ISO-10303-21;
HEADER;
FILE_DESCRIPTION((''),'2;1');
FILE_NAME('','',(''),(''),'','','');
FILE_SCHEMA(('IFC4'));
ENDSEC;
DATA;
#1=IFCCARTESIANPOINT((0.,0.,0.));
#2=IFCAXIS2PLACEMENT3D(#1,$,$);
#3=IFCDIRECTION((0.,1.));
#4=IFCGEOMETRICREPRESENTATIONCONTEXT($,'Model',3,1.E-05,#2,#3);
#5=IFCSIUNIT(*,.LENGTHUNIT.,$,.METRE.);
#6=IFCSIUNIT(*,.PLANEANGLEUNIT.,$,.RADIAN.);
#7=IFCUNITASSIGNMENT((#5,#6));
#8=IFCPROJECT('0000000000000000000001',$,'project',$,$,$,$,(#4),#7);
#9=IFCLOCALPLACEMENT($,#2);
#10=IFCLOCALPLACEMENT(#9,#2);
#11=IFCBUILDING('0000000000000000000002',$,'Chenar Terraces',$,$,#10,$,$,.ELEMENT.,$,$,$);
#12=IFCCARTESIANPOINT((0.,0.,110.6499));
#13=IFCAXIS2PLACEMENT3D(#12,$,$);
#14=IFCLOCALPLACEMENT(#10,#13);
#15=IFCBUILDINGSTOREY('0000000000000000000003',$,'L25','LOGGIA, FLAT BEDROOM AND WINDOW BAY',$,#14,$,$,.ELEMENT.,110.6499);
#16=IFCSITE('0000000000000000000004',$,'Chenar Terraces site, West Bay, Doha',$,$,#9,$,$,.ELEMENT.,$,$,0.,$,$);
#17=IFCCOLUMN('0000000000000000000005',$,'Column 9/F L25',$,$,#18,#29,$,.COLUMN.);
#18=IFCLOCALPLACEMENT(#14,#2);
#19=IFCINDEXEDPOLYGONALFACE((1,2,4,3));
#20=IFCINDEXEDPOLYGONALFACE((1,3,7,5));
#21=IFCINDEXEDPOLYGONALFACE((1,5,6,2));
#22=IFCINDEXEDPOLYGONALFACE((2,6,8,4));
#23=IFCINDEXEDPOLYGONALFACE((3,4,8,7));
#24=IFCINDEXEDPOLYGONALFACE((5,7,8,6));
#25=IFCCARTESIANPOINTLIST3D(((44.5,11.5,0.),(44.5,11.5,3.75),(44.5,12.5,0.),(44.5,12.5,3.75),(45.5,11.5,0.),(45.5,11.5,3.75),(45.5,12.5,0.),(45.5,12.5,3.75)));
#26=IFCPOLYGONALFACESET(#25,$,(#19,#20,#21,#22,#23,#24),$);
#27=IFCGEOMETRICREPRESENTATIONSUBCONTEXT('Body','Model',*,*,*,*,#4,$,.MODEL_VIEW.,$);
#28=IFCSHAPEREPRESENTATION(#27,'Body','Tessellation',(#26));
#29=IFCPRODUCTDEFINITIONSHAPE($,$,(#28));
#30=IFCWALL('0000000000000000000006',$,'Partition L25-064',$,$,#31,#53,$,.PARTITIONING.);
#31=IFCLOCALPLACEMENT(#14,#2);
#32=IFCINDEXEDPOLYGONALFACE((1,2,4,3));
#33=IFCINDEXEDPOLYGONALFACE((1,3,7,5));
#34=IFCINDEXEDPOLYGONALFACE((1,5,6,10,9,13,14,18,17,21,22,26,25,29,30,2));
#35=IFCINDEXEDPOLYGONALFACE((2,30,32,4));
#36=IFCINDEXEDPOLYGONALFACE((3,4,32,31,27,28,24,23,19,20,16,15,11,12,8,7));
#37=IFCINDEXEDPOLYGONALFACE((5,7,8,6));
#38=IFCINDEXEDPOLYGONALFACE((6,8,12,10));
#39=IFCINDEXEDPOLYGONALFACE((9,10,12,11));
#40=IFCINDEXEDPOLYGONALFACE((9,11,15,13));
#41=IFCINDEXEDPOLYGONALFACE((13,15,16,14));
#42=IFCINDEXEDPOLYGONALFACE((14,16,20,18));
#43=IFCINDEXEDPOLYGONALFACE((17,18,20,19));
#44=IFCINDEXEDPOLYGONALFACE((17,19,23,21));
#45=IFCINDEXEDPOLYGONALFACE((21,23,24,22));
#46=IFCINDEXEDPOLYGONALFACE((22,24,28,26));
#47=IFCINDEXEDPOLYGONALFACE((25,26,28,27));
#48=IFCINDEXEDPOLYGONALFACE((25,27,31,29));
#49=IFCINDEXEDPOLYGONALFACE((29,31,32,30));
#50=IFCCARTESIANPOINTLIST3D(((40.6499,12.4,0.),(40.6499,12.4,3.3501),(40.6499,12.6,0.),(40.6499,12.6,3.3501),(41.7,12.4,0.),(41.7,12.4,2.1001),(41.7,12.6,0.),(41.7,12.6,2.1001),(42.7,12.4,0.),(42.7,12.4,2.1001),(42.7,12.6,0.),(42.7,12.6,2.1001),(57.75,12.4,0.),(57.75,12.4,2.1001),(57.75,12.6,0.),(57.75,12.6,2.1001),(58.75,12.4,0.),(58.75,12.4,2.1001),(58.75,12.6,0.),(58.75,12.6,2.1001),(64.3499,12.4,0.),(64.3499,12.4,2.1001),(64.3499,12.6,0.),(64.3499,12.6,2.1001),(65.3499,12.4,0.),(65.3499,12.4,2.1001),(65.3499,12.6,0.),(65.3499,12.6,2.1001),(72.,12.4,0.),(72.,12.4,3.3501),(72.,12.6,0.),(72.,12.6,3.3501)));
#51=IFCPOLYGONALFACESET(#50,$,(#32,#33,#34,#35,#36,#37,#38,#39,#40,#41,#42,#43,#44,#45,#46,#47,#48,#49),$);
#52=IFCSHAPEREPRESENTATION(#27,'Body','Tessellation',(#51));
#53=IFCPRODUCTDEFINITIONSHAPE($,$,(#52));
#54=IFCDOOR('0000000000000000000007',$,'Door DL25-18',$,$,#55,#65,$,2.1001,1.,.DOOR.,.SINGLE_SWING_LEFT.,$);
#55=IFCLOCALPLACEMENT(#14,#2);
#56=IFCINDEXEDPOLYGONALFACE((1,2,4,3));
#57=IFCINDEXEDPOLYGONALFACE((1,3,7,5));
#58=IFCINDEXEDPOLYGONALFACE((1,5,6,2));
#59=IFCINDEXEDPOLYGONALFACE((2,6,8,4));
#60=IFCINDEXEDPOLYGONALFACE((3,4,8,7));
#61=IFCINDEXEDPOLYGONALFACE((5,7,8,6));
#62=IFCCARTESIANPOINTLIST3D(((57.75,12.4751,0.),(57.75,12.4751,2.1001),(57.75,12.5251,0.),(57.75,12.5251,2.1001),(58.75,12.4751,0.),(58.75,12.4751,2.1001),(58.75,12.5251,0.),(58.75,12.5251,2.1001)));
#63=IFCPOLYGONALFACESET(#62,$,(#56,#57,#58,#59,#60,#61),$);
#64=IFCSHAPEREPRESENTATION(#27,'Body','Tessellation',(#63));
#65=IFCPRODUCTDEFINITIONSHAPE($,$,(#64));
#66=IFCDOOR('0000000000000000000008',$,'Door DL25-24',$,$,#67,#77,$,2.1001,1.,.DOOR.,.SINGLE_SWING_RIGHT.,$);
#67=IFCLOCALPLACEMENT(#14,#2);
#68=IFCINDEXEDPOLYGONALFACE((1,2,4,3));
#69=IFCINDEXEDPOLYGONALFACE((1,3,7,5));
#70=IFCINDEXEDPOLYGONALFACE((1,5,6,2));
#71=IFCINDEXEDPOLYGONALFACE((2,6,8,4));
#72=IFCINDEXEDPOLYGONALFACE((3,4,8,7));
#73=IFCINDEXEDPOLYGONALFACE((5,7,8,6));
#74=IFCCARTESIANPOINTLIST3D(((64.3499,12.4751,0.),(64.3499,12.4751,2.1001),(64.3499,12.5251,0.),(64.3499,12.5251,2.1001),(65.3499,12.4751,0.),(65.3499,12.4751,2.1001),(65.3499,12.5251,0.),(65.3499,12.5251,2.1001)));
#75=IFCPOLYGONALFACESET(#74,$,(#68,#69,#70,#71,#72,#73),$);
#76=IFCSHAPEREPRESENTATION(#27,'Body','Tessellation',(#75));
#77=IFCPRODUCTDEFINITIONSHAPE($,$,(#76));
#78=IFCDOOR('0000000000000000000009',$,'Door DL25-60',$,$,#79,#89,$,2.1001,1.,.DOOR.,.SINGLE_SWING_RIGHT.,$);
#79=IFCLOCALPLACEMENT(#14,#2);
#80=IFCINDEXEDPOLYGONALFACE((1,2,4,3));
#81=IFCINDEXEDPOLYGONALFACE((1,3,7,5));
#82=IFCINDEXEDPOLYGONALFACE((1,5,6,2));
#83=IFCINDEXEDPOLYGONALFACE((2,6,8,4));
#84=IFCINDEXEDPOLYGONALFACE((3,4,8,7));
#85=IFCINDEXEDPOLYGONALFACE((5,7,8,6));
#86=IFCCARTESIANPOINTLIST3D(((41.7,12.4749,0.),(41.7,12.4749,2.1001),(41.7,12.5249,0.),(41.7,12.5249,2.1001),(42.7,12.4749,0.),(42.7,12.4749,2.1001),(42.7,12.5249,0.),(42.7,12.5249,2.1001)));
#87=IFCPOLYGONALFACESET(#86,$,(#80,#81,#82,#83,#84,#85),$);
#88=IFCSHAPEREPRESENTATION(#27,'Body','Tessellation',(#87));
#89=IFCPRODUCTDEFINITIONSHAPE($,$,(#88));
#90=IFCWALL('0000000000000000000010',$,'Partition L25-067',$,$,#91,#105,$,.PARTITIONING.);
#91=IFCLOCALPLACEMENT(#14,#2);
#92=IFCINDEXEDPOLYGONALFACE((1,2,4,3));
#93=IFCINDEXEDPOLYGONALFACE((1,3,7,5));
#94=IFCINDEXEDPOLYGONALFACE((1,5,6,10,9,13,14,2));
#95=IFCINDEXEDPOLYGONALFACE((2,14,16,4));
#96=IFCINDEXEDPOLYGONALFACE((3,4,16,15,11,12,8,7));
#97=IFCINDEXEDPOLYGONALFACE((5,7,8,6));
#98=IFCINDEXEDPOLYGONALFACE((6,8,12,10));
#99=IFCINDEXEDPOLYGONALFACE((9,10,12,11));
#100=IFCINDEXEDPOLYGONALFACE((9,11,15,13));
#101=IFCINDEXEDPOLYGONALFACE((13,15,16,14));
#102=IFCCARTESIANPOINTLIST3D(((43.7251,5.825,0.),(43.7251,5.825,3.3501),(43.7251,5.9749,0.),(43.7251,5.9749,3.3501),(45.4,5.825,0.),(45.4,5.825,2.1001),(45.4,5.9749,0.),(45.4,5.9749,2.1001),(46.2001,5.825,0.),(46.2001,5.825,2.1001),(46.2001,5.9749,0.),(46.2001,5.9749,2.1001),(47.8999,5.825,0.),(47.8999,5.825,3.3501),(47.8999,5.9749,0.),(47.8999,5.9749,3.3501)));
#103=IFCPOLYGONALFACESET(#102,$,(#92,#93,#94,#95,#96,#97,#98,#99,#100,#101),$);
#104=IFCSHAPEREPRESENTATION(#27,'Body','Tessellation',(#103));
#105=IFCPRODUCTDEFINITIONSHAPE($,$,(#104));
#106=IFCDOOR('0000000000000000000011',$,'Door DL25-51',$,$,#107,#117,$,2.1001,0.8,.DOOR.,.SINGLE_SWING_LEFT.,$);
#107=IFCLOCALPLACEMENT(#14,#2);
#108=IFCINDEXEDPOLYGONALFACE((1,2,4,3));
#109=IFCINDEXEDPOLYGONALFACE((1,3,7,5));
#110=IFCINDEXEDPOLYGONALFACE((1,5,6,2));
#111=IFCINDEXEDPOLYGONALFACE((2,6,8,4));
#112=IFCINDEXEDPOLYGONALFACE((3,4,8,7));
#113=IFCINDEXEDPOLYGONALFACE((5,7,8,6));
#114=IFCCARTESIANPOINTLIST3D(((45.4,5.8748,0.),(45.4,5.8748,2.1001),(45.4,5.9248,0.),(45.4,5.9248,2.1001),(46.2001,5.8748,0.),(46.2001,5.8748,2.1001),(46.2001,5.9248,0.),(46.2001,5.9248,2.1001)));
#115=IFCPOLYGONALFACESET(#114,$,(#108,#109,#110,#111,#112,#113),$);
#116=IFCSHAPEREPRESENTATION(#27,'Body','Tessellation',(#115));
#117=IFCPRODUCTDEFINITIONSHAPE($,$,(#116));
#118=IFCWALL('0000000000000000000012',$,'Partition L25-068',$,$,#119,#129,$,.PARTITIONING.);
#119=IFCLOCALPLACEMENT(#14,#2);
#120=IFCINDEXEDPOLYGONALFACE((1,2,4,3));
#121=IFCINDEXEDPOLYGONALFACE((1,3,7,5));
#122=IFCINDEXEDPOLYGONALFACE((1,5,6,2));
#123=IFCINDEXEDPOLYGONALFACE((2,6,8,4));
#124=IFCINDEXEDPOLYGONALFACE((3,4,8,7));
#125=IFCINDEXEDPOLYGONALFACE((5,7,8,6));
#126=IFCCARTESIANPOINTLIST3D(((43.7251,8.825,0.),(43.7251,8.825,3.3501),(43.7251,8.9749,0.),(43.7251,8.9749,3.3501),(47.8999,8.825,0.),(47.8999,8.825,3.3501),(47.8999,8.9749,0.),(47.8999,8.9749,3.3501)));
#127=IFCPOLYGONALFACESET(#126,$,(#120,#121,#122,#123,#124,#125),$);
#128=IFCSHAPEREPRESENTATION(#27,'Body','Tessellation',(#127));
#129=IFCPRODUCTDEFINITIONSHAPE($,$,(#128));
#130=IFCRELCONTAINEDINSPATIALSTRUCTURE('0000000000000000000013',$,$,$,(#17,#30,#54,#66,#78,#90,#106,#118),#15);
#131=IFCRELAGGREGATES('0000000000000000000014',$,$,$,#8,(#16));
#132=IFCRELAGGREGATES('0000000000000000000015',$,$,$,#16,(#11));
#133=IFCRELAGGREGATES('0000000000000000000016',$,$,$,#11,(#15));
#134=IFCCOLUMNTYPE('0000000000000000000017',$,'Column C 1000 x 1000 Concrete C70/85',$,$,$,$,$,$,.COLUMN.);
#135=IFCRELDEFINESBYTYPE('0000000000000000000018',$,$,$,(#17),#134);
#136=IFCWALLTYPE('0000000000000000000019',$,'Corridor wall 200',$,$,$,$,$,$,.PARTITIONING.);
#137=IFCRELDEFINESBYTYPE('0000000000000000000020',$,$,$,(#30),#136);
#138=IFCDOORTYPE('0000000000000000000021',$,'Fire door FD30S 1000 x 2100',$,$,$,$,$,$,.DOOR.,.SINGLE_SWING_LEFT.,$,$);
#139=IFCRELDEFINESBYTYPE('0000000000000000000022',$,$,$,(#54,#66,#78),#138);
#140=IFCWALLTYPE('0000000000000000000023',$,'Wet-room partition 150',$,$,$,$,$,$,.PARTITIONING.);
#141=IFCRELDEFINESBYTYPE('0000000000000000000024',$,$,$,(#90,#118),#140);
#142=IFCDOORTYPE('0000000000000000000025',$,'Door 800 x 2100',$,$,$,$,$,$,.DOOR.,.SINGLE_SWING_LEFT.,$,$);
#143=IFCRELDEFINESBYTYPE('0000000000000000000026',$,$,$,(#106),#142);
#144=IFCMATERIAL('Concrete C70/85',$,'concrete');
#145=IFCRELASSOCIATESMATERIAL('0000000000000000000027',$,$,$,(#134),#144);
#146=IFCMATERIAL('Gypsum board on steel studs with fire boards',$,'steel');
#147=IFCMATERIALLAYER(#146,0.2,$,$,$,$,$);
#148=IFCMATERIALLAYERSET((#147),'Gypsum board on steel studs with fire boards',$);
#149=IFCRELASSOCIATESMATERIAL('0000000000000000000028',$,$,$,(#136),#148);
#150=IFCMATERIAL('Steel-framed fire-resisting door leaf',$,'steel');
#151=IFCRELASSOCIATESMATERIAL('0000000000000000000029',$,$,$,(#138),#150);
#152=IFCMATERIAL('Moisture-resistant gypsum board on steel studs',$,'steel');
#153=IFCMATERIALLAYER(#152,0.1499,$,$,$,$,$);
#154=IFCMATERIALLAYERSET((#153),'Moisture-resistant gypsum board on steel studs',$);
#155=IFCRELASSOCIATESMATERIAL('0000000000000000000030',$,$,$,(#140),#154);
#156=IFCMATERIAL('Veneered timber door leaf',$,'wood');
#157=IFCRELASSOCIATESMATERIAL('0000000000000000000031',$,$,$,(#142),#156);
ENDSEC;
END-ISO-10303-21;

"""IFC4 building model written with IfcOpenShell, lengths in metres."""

from ifc_helpers import new_model, si_unit, direction, frame, frame_2d, origin, origin_2d, place, context, subcontext, project, spatial, rectangle, extrude, material, layer, layer_set, material_profile, profile_set, type_object, element, fill, save


model = new_model("IFC4")

# Units and contexts
model_context = context("Model", 3, precision=1e-05, world=origin(), true_north=direction((0.0, 1.0)))
body_context = subcontext(model_context, "Body", "Model", "MODEL_VIEW")
ifc_project = project(units=[si_unit("LENGTHUNIT", "METRE"), si_unit("PLANEANGLEUNIT", "RADIAN")], contexts=[model_context])

# Site, building, storey
site_placement = place(None, origin())
site = spatial("IfcSite", under=ifc_project, at=site_placement, Name="Chenar Terraces site, West Bay, Doha", CompositionType="ELEMENT", RefElevation=0.0)
building_placement = place(site_placement, origin())
building = spatial("IfcBuilding", under=site, at=building_placement, Name="Chenar Terraces", CompositionType="ELEMENT")
storey_placement = place(building_placement, frame((0.0, 0.0, 110.6499)))
storey = spatial("IfcBuildingStorey", under=building, at=storey_placement, Name="L25", Description="LOGGIA, FLAT BEDROOM AND WINDOW BAY", CompositionType="ELEMENT", Elevation=110.6499)

# Column
ifc_material_1 = material(Name="Concrete C70/85", Category="concrete")
ifc_material_profile = material_profile(ifc_material_1, rectangle(XDim=1.0, YDim=1.0, at=origin_2d()), Name="C 1000 x 1000")
ifc_profile_set = profile_set([ifc_material_profile], Name="Concrete C70/85")
column_type = type_object("IfcColumnType", Name="Column C 1000 x 1000 Concrete C70/85", PredefinedType="COLUMN", material=ifc_profile_set)
column_placement = place(storey_placement, frame((45.0, 12.0, 0.0), z_axis=(0.0, 0.0, 1.0), x_axis=(1.0, 0.0, 0.0)))
element("IfcColumn", 1, at=column_placement, inside=storey, type_object=column_type, Name="Column 9/F L25", PredefinedType="COLUMN", context=body_context, shape_type="SweptSolid", body=[
    extrude(rectangle(XDim=1.0, YDim=1.0, at=origin_2d()), origin(), (0.0, 0.0, 1.0), 3.75),
])

# Wall, openings, doors
ifc_material_2 = material(Name="Gypsum board on steel studs with fire boards", Category="steel")
ifc_layer_1 = layer(ifc_material_2, 0.2)
ifc_layer_set_1 = layer_set([ifc_layer_1], Name="Gypsum board on steel studs with fire boards")
wall_type_1 = type_object("IfcWallType", Name="Corridor wall 200", PredefinedType="PARTITIONING", material=ifc_layer_set_1)
wall_1_placement = place(storey_placement, frame((40.6499, 12.5, 0.0), z_axis=(0.0, 0.0, 1.0), x_axis=(1.0, 0.0, 0.0)))
wall_1 = element("IfcWall", 2, at=wall_1_placement, inside=storey, type_object=wall_type_1, Name="Partition L25-064", PredefinedType="PARTITIONING", context=body_context, shape_type="SweptSolid", body=[
    extrude(rectangle(XDim=31.3501, YDim=0.2, at=frame_2d((15.675, 0.0))), origin(), (0.0, 0.0, 1.0), 3.3501),
])
opening_1_placement = place(wall_1_placement, frame((17.1001, 0.0, 0.0)))
opening_1 = element("IfcOpeningElement", 3, at=opening_1_placement, cuts=wall_1, PredefinedType="OPENING", context=body_context, shape_type="SweptSolid", body=[
    extrude(rectangle(XDim=1.0, YDim=2.1001, at=frame_2d((0.5, 1.05))), frame((0.0, 0.1099, 0.0), z_axis=(0.0, -1.0, 0.0), x_axis=(1.0, 0.0, 0.0)), (0.0, 0.0, 1.0), 0.22),
])
opening_2_placement = place(wall_1_placement, frame((23.7, 0.0, 0.0)))
opening_2 = element("IfcOpeningElement", 4, at=opening_2_placement, cuts=wall_1, PredefinedType="OPENING", context=body_context, shape_type="SweptSolid", body=[
    extrude(rectangle(XDim=1.0, YDim=2.1001, at=frame_2d((0.5, 1.05))), frame((0.0, 0.1099, 0.0), z_axis=(0.0, -1.0, 0.0), x_axis=(1.0, 0.0, 0.0)), (0.0, 0.0, 1.0), 0.22),
])
opening_3_placement = place(wall_1_placement, frame((1.05, 0.0, 0.0)))
opening_3 = element("IfcOpeningElement", 5, at=opening_3_placement, cuts=wall_1, PredefinedType="OPENING", context=body_context, shape_type="SweptSolid", body=[
    extrude(rectangle(XDim=1.0, YDim=2.1001, at=frame_2d((0.5, 1.05))), frame((0.0, 0.1099, 0.0), z_axis=(0.0, -1.0, 0.0), x_axis=(1.0, 0.0, 0.0)), (0.0, 0.0, 1.0), 0.22),
])
ifc_material_3 = material(Name="Steel-framed fire-resisting door leaf", Category="steel")
door_type_1 = type_object("IfcDoorType", Name="Fire door FD30S 1000 x 2100", OperationType="SINGLE_SWING_LEFT", PredefinedType="DOOR", material=ifc_material_3)
door_1_placement = place(opening_1_placement, frame((1.0, 0.0, 0.0), z_axis=(0.0, 0.0, 1.0), x_axis=(-1.0, 0.0, 0.0)))
door_1 = element("IfcDoor", 6, at=door_1_placement, inside=storey, type_object=door_type_1, Name="Door DL25-18", OperationType="SINGLE_SWING_LEFT", OverallHeight=2.1001, OverallWidth=1.0, PredefinedType="DOOR", context=body_context, shape_type="SweptSolid", body=[
    extrude(rectangle(XDim=1.0, YDim=2.1001, at=frame_2d((0.5, 1.05))), frame((0.0, 0.0249, 0.0), z_axis=(0.0, -1.0, 0.0), x_axis=(1.0, 0.0, 0.0)), (0.0, 0.0, 1.0), 0.05),
])
fill(opening_1, door_1)
door_2_placement = place(opening_2_placement, frame((1.0, 0.0, 0.0), z_axis=(0.0, 0.0, 1.0), x_axis=(-1.0, 0.0, 0.0)))
door_2 = element("IfcDoor", 7, at=door_2_placement, inside=storey, type_object=door_type_1, Name="Door DL25-24", OperationType="SINGLE_SWING_RIGHT", OverallHeight=2.1001, OverallWidth=1.0, PredefinedType="DOOR", context=body_context, shape_type="SweptSolid", body=[
    extrude(rectangle(XDim=1.0, YDim=2.1001, at=frame_2d((0.5, 1.05))), frame((0.0, 0.0249, 0.0), z_axis=(0.0, -1.0, 0.0), x_axis=(1.0, 0.0, 0.0)), (0.0, 0.0, 1.0), 0.05),
])
fill(opening_2, door_2)
door_3_placement = place(opening_3_placement, origin())
door_3 = element("IfcDoor", 8, at=door_3_placement, inside=storey, type_object=door_type_1, Name="Door DL25-60", OperationType="SINGLE_SWING_RIGHT", OverallHeight=2.1001, OverallWidth=1.0, PredefinedType="DOOR", context=body_context, shape_type="SweptSolid", body=[
    extrude(rectangle(XDim=1.0, YDim=2.1001, at=frame_2d((0.5, 1.05))), frame((0.0, 0.0249, 0.0), z_axis=(0.0, -1.0, 0.0), x_axis=(1.0, 0.0, 0.0)), (0.0, 0.0, 1.0), 0.05),
])
fill(opening_3, door_3)

# Wall, opening, door
ifc_material_4 = material(Name="Moisture-resistant gypsum board on steel studs", Category="steel")
ifc_layer_2 = layer(ifc_material_4, 0.1499)
ifc_layer_set_2 = layer_set([ifc_layer_2], Name="Moisture-resistant gypsum board on steel studs")
wall_type_2 = type_object("IfcWallType", Name="Wet-room partition 150", PredefinedType="PARTITIONING", material=ifc_layer_set_2)
wall_2_placement = place(storey_placement, frame((43.7251, 5.8999, 0.0), z_axis=(0.0, 0.0, 1.0), x_axis=(1.0, 0.0, 0.0)))
wall_2 = element("IfcWall", 9, at=wall_2_placement, inside=storey, type_object=wall_type_2, Name="Partition L25-067", PredefinedType="PARTITIONING", context=body_context, shape_type="SweptSolid", body=[
    extrude(rectangle(XDim=4.1748, YDim=0.1499, at=frame_2d((2.0874, 0.0))), origin(), (0.0, 0.0, 1.0), 3.3501),
])
opening_4_placement = place(wall_2_placement, frame((1.675, 0.0, 0.0)))
opening_4 = element("IfcOpeningElement", 10, at=opening_4_placement, cuts=wall_2, PredefinedType="OPENING", context=body_context, shape_type="SweptSolid", body=[
    extrude(rectangle(XDim=0.8, YDim=2.1001, at=frame_2d((0.3999, 1.05))), frame((0.0, 0.085, 0.0), z_axis=(0.0, -1.0, 0.0), x_axis=(1.0, 0.0, 0.0)), (0.0, 0.0, 1.0), 0.1699),
])
ifc_material_5 = material(Name="Veneered timber door leaf", Category="wood")
door_type_2 = type_object("IfcDoorType", Name="Door 800 x 2100", OperationType="SINGLE_SWING_LEFT", PredefinedType="DOOR", material=ifc_material_5)
door_4_placement = place(opening_4_placement, origin())
door_4 = element("IfcDoor", 11, at=door_4_placement, inside=storey, type_object=door_type_2, Name="Door DL25-51", OperationType="SINGLE_SWING_LEFT", OverallHeight=2.1001, OverallWidth=0.8, PredefinedType="DOOR", context=body_context, shape_type="SweptSolid", body=[
    extrude(rectangle(XDim=0.8, YDim=2.1001, at=frame_2d((0.3999, 1.05))), frame((0.0, 0.0249, 0.0), z_axis=(0.0, -1.0, 0.0), x_axis=(1.0, 0.0, 0.0)), (0.0, 0.0, 1.0), 0.05),
])
fill(opening_4, door_4)

# Wall
wall_3_placement = place(storey_placement, frame((43.7251, 8.8999, 0.0), z_axis=(0.0, 0.0, 1.0), x_axis=(1.0, 0.0, 0.0)))
element("IfcWall", 12, at=wall_3_placement, inside=storey, type_object=wall_type_2, Name="Partition L25-068", PredefinedType="PARTITIONING", context=body_context, shape_type="SweptSolid", body=[
    extrude(rectangle(XDim=4.1748, YDim=0.1499, at=frame_2d((2.0874, 0.0))), origin(), (0.0, 0.0, 1.0), 3.3501),
])

save(model, "model.ifc")
